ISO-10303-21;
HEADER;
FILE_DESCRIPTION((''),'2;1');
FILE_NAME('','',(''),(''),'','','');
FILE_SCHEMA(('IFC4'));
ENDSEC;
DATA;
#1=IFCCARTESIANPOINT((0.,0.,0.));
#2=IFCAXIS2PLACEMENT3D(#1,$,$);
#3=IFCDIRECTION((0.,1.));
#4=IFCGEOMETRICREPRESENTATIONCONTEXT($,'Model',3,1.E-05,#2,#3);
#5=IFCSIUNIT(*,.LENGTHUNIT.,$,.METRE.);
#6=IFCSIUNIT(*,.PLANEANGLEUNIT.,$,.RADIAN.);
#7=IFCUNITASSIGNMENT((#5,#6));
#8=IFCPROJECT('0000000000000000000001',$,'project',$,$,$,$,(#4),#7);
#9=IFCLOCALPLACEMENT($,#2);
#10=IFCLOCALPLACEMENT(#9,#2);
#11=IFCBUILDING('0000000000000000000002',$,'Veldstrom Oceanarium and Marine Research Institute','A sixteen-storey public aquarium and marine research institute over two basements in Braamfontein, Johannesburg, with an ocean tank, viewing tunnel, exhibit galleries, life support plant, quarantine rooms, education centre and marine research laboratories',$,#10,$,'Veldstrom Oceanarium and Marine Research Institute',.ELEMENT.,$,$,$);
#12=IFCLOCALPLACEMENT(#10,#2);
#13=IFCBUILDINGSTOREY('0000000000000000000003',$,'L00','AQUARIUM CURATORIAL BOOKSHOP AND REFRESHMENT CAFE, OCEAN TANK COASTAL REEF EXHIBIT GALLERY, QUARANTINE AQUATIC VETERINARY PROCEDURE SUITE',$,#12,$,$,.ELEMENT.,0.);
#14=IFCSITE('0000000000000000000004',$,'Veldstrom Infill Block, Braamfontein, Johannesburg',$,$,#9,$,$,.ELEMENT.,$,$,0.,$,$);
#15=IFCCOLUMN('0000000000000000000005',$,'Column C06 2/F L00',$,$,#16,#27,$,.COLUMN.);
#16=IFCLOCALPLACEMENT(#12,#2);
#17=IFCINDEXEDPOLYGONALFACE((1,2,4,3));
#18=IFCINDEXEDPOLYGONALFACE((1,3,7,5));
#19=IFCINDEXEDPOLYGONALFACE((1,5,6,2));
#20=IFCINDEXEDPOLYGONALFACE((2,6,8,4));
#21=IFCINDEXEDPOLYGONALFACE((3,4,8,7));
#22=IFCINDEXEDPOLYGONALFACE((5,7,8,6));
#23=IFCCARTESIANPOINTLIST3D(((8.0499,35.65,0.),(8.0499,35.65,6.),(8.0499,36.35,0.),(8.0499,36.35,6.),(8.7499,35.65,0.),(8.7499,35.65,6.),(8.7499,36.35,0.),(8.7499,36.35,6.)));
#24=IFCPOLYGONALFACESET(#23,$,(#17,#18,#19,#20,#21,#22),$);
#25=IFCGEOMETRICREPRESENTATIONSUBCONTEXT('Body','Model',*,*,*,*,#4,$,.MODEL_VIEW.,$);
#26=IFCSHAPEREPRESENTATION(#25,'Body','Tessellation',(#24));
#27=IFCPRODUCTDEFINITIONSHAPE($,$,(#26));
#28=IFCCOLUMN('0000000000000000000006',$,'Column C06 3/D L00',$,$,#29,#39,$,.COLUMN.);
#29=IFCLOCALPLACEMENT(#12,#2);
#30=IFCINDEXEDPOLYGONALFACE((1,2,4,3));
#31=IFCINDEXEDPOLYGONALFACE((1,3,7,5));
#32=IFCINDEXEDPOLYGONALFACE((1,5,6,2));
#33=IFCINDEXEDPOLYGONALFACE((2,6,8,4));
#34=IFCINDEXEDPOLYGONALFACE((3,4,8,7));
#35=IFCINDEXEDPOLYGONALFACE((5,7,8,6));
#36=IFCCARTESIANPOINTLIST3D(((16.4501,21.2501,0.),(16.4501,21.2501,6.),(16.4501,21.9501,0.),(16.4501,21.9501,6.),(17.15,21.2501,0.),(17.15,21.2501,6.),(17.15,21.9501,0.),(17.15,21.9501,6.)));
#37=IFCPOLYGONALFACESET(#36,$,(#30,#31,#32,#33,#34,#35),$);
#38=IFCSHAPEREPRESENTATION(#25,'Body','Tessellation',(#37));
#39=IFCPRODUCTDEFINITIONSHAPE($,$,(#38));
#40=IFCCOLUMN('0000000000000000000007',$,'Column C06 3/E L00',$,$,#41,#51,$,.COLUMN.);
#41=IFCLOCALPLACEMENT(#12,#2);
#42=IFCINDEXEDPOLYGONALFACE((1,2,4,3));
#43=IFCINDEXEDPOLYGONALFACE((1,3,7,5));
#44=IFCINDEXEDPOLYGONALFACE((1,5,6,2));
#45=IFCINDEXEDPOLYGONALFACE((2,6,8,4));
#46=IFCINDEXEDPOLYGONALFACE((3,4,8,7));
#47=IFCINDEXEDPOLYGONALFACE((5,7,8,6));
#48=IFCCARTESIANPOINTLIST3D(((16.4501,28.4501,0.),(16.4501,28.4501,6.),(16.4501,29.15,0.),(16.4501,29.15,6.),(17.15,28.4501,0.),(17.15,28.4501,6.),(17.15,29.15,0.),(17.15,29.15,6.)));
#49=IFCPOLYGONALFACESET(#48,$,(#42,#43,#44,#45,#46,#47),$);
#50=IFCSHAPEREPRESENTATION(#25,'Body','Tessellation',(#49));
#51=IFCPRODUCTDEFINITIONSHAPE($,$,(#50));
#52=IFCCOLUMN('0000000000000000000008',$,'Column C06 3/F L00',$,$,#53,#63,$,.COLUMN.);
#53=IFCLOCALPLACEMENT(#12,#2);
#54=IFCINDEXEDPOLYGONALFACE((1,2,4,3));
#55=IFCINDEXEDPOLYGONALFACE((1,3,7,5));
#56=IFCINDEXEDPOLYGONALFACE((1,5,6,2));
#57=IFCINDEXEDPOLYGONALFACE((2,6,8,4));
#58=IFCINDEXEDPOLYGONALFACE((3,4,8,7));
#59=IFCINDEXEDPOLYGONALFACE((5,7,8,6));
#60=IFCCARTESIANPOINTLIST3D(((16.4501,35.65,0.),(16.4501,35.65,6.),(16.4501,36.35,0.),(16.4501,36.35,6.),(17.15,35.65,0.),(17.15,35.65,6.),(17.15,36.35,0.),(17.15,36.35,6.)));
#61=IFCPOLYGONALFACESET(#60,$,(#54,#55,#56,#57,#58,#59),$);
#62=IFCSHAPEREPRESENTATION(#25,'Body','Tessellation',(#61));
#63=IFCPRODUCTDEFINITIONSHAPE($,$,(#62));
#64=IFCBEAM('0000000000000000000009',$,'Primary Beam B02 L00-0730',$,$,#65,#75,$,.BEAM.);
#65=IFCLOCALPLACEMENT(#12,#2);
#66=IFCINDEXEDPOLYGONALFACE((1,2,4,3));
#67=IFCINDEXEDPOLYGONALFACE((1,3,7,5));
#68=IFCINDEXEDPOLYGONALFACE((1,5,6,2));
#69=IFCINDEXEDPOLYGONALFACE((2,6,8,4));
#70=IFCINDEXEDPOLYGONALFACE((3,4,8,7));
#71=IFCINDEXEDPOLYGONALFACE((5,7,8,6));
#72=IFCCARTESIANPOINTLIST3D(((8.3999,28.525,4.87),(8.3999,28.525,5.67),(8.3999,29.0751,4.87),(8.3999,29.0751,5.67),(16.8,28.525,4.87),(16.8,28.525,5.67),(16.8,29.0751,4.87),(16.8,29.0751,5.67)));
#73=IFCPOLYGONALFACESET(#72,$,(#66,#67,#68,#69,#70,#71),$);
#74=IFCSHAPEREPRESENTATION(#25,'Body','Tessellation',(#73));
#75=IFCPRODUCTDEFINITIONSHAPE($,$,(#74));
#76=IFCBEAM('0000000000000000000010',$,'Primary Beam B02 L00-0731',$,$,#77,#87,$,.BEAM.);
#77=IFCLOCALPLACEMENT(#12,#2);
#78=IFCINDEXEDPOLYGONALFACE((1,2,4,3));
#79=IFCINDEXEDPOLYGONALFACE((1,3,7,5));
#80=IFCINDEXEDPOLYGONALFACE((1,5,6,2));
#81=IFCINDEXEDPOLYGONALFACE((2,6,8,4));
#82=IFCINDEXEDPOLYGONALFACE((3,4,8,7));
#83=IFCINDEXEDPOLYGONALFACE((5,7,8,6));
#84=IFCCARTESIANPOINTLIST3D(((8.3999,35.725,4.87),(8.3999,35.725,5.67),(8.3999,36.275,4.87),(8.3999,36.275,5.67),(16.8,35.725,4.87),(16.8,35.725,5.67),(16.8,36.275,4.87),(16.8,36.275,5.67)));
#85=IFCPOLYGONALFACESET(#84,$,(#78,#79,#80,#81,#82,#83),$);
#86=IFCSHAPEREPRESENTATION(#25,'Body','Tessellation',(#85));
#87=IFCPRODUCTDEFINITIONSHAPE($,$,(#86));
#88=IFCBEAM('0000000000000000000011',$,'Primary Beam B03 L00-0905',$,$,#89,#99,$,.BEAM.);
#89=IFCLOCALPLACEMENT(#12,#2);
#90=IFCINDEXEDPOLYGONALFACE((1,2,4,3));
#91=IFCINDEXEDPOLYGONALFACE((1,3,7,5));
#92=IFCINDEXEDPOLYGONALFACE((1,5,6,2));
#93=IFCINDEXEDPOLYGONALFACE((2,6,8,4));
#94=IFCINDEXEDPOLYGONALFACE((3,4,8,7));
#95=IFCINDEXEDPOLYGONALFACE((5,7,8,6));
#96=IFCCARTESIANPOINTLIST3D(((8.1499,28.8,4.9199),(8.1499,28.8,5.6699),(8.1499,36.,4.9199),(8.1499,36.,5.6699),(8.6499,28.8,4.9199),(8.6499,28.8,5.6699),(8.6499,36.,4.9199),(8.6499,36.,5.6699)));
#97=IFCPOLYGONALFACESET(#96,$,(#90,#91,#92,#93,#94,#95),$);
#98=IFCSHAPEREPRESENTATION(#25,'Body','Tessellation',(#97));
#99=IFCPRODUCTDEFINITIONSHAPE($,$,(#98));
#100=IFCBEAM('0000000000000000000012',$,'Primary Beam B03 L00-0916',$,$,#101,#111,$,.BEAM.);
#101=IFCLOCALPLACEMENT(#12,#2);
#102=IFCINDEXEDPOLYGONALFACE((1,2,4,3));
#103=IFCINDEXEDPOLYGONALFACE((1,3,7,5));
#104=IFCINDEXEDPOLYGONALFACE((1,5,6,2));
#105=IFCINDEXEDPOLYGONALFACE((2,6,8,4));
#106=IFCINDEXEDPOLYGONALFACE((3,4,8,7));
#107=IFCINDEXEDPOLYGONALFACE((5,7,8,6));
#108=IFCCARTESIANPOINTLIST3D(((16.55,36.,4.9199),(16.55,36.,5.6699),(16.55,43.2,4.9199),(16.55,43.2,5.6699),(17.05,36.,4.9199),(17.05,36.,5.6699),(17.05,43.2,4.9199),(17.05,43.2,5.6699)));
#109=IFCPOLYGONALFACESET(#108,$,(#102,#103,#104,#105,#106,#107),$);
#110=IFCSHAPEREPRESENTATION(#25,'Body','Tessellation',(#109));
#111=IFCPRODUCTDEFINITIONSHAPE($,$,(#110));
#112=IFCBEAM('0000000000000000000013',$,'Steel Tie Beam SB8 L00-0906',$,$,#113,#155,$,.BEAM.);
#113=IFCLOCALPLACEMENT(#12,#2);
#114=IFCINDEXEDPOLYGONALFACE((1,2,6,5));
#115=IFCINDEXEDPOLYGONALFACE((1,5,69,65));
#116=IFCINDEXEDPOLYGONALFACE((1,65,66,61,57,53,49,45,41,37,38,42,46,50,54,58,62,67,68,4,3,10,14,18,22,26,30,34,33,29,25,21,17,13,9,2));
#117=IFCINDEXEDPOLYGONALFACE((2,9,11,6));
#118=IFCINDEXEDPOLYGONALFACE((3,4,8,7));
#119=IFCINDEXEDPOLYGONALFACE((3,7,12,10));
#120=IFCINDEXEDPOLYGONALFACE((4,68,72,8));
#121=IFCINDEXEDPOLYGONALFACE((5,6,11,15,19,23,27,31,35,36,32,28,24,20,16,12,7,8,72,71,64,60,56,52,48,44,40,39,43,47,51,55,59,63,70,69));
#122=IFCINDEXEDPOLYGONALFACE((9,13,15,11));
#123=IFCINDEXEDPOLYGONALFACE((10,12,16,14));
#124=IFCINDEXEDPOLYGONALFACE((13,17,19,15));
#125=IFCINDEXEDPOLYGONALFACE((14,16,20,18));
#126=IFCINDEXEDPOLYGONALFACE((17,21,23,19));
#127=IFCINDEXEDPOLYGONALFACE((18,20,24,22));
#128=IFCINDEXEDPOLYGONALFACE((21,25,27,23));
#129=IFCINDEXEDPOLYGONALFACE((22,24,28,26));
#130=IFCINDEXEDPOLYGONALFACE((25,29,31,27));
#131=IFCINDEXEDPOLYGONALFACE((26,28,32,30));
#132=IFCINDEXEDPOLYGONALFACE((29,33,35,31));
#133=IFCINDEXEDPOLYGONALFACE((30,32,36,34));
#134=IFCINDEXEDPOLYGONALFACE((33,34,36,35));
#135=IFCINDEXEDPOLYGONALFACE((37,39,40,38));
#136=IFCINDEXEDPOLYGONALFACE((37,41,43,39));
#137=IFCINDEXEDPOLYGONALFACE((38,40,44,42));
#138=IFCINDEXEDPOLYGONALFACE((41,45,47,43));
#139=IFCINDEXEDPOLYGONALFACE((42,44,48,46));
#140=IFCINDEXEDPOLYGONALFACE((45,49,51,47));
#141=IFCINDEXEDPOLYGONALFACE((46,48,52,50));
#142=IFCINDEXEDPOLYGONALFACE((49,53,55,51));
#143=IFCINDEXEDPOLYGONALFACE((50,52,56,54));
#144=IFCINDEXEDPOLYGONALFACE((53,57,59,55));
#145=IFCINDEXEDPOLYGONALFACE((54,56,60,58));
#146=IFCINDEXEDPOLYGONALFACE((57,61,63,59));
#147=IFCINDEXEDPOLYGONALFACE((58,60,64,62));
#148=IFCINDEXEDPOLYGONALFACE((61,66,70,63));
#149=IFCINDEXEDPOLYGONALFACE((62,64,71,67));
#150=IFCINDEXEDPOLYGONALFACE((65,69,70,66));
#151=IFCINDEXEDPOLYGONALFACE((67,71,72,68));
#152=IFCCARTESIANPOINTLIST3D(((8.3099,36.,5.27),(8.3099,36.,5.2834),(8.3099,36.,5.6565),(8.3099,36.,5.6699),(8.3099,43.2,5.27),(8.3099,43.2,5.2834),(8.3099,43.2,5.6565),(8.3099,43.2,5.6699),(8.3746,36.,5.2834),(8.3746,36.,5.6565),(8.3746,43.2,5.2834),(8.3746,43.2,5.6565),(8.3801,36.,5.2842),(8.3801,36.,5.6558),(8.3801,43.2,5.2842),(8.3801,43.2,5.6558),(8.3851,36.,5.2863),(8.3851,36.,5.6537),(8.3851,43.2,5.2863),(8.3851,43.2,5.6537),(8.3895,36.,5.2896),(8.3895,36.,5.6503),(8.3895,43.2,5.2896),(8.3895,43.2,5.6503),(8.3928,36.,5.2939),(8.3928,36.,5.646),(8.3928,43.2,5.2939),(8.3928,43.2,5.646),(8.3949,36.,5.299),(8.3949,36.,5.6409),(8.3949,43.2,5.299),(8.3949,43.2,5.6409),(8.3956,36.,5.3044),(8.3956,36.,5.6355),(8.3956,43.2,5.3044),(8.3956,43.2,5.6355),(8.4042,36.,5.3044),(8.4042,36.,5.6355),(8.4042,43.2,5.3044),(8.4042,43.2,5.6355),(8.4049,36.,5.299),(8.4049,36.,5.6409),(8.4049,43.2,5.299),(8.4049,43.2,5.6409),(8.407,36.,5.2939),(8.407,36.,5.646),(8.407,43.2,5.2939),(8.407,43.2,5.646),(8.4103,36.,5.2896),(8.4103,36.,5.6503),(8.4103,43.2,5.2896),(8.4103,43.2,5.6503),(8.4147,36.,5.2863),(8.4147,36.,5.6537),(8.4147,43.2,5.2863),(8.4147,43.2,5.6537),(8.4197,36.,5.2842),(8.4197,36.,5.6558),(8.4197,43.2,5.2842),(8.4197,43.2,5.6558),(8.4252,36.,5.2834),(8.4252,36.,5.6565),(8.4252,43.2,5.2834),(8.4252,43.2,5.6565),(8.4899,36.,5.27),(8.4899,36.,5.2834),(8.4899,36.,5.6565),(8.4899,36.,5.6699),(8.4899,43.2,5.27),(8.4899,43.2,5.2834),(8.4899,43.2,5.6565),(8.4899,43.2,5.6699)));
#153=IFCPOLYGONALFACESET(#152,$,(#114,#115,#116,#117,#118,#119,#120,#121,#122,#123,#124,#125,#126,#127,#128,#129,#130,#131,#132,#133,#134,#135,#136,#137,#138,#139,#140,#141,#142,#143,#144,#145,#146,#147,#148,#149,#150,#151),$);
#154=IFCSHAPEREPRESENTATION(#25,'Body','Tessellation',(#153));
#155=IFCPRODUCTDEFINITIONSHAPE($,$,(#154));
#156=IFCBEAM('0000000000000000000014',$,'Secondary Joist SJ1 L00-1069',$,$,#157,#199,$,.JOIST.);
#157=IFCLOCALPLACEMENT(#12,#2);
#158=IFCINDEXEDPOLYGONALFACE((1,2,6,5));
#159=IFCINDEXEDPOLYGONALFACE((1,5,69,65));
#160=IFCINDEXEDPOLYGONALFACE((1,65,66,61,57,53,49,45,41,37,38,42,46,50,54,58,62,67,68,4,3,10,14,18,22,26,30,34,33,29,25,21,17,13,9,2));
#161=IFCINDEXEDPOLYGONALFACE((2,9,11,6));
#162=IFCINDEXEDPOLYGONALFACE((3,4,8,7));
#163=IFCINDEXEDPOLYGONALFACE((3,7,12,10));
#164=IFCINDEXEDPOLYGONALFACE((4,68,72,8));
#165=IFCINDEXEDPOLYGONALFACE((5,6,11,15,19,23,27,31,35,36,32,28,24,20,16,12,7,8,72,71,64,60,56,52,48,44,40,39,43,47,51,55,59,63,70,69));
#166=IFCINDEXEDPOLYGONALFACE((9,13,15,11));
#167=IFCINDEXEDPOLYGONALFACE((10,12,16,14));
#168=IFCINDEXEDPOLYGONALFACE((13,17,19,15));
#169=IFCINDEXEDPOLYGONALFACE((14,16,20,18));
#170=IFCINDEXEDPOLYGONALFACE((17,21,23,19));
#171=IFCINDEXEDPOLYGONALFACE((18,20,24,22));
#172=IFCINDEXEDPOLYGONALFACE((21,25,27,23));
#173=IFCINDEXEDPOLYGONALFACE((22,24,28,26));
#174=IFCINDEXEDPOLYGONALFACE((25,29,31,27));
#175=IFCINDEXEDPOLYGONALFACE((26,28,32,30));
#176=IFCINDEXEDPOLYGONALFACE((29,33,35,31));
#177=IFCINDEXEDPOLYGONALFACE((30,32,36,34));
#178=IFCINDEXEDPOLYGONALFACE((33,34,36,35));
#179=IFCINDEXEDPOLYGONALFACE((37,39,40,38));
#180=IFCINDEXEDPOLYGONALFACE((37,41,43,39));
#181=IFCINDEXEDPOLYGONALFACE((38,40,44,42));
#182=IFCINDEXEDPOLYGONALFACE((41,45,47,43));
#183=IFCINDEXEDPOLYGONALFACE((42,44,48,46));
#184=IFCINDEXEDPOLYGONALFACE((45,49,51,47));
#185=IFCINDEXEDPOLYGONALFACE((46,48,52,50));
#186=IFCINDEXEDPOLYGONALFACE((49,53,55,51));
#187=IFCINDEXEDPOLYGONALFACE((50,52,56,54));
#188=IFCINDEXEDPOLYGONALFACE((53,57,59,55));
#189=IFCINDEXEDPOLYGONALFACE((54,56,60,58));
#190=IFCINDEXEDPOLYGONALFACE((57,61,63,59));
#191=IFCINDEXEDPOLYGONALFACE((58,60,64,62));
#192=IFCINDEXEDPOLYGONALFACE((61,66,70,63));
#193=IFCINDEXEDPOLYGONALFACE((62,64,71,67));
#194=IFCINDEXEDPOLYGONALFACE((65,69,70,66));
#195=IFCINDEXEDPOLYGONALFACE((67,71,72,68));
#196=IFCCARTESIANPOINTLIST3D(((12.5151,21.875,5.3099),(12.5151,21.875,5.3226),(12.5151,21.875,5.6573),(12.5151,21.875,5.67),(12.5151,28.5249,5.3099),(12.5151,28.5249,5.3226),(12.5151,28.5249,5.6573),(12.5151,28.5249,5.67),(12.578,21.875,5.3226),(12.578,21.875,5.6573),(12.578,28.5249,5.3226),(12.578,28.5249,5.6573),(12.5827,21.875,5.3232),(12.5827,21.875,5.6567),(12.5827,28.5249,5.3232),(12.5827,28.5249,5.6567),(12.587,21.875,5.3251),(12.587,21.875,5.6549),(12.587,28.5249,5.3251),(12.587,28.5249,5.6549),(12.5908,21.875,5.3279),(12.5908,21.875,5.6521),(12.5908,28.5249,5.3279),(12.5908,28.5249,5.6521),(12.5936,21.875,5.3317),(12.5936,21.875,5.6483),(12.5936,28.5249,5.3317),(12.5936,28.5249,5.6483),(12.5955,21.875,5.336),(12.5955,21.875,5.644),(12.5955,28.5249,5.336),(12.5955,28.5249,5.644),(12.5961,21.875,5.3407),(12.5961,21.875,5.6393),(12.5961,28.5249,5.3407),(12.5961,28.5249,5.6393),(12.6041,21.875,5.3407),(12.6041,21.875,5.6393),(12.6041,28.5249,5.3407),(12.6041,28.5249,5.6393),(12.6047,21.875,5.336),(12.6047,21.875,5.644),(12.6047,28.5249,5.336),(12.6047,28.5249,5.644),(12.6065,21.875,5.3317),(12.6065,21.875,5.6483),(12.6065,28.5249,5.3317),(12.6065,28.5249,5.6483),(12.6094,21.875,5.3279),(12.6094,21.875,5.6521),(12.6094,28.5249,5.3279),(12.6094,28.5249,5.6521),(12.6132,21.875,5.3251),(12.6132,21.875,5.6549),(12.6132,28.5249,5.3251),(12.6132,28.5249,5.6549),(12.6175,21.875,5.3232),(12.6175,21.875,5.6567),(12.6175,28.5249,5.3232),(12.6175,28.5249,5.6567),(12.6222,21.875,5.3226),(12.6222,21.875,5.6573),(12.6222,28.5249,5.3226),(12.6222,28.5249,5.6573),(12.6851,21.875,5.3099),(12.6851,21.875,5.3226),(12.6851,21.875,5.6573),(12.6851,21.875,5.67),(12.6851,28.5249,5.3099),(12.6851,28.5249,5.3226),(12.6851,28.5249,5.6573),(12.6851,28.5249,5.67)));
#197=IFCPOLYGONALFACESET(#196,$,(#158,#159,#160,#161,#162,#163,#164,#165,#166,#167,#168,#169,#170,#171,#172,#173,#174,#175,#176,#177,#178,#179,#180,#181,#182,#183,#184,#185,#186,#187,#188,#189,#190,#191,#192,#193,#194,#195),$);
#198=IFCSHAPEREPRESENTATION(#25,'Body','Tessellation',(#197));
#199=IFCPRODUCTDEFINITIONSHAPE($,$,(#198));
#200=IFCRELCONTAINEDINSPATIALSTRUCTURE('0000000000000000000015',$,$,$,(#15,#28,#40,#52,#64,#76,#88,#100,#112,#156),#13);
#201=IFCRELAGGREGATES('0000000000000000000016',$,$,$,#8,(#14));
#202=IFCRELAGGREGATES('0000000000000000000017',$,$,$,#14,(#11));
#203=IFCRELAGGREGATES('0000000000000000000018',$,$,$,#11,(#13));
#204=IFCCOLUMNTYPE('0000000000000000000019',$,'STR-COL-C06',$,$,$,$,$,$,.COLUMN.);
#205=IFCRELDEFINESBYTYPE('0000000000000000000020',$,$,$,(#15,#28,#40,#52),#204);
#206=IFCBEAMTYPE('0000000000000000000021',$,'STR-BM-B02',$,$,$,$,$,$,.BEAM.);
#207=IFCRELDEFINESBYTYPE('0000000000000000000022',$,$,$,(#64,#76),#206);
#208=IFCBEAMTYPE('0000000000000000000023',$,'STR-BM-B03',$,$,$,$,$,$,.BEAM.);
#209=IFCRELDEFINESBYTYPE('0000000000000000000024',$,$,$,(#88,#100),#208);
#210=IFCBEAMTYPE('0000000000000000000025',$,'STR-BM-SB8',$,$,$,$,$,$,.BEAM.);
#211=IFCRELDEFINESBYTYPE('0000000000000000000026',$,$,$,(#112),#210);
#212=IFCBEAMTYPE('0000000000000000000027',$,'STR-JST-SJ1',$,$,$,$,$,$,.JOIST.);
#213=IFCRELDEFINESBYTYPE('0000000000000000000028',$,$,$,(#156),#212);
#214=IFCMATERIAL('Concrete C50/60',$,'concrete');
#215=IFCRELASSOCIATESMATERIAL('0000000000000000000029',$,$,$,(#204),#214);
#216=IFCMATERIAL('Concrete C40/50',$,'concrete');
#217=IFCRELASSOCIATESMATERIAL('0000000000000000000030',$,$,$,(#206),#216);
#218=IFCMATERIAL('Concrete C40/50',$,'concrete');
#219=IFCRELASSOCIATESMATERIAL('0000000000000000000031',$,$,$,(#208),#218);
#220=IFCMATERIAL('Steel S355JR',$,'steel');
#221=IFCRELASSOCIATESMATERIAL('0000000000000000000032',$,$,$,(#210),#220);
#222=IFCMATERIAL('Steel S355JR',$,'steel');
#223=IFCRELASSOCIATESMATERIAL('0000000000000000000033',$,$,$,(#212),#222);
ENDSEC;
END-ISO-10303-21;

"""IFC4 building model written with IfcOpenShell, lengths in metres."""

from ifc_helpers import new_model, si_unit, direction, frame, origin, origin_2d, place, context, subcontext, project, spatial, rectangle, i_section, extrude, material, material_profile, profile_set, type_object, element, save


model = new_model("IFC4")

# Units and contexts
model_context = context("Model", 3, precision=1e-05, world=origin(), true_north=direction((0.0, 1.0)))
body_context = subcontext(model_context, "Body", "Model", "MODEL_VIEW")
ifc_project = project(units=[si_unit("LENGTHUNIT", "METRE"), si_unit("PLANEANGLEUNIT", "RADIAN")], contexts=[model_context])

# Site, building, storey
site_placement = place(None, origin())
site = spatial("IfcSite", under=ifc_project, at=site_placement, Name="Veldstrom Infill Block, Braamfontein, Johannesburg", CompositionType="ELEMENT", RefElevation=0.0)
building_placement = place(site_placement, origin())
building = spatial("IfcBuilding", under=site, at=building_placement, Name="Veldstrom Oceanarium and Marine Research Institute", Description="A sixteen-storey public aquarium and marine research institute over two basements in Braamfontein, Johannesburg, with an ocean tank, viewing tunnel, exhibit galleries, life support plant, quarantine rooms, education centre and marine research laboratories", LongName="Veldstrom Oceanarium and Marine Research Institute", CompositionType="ELEMENT")
storey_placement = place(building_placement, origin())
storey = spatial("IfcBuildingStorey", under=building, at=storey_placement, Name="L00", Description="AQUARIUM CURATORIAL BOOKSHOP AND REFRESHMENT CAFE, OCEAN TANK COASTAL REEF EXHIBIT GALLERY, QUARANTINE AQUATIC VETERINARY PROCEDURE SUITE", CompositionType="ELEMENT", Elevation=0.0)

# Columns
ifc_material_1 = material(Name="Concrete C50/60", Category="concrete")
ifc_material_profile_1 = material_profile(ifc_material_1, rectangle(XDim=0.7, YDim=0.7, at=origin_2d()), Name="RC-COL-700x700")
ifc_profile_set_1 = profile_set([ifc_material_profile_1], Name="Concrete C50/60")
column_type = type_object("IfcColumnType", Name="STR-COL-C06", PredefinedType="COLUMN", material=ifc_profile_set_1)
for number, where, z_axis, x_axis, name in (
    (1, (8.3999, 36.0, 0.0), (0.0, 0.0, 1.0), (1.0, 0.0, 0.0), "Column C06 2/F L00"),
    (2, (16.8, 21.6001, 0.0), (0.0, 0.0, 1.0), (1.0, 0.0, 0.0), "Column C06 3/D L00"),
    (3, (16.8, 28.8, 0.0), (0.0, 0.0, 1.0), (1.0, 0.0, 0.0), "Column C06 3/E L00"),
    (4, (16.8, 36.0, 0.0), (0.0, 0.0, 1.0), (1.0, 0.0, 0.0), "Column C06 3/F L00"),
):
    element("IfcColumn", number, at=place(storey_placement, frame(where, z_axis=z_axis, x_axis=x_axis)), inside=storey, type_object=column_type, Name=name, PredefinedType="COLUMN", context=body_context, shape_type="SweptSolid", body=[
        extrude(rectangle(XDim=0.7, YDim=0.7, at=origin_2d()), origin(), (0.0, 0.0, 1.0), 6.0),
    ])

# Beams
ifc_material_2 = material(Name="Concrete C40/50", Category="concrete")
ifc_material_profile_2 = material_profile(ifc_material_2, rectangle(XDim=0.55, YDim=0.8, at=origin_2d()), Name="RC-BM-550x800")
ifc_profile_set_2 = profile_set([ifc_material_profile_2], Name="Concrete C40/50")
beam_type_1 = type_object("IfcBeamType", Name="STR-BM-B02", PredefinedType="BEAM", material=ifc_profile_set_2)
for number, where, z_axis, x_axis, name in (
    (5, (8.3999, 28.8, 5.27), (1.0, 0.0, 0.0), (0.0, 1.0, 0.0), "Primary Beam B02 L00-0730"),
    (6, (8.3999, 36.0, 5.27), (1.0, 0.0, 0.0), (0.0, 1.0, 0.0), "Primary Beam B02 L00-0731"),
):
    element("IfcBeam", number, at=place(storey_placement, frame(where, z_axis=z_axis, x_axis=x_axis)), inside=storey, type_object=beam_type_1, Name=name, PredefinedType="BEAM", context=body_context, shape_type="SweptSolid", body=[
        extrude(rectangle(XDim=0.55, YDim=0.8, at=origin_2d()), origin(), (0.0, 0.0, 1.0), 8.4001),
    ])
ifc_material_3 = material(Name="Concrete C40/50", Category="concrete")
ifc_material_profile_3 = material_profile(ifc_material_3, rectangle(XDim=0.5, YDim=0.75, at=origin_2d()), Name="RC-BM-500x750")
ifc_profile_set_3 = profile_set([ifc_material_profile_3], Name="Concrete C40/50")
beam_type_2 = type_object("IfcBeamType", Name="STR-BM-B03", PredefinedType="BEAM", material=ifc_profile_set_3)
for number, where, z_axis, x_axis, name in (
    (7, (8.3999, 28.8, 5.2949), (0.0, 1.0, 0.0), (-1.0, 0.0, 0.0), "Primary Beam B03 L00-0905"),
    (8, (16.8, 36.0, 5.2949), (0.0, 1.0, 0.0), (-1.0, 0.0, 0.0), "Primary Beam B03 L00-0916"),
):
    element("IfcBeam", number, at=place(storey_placement, frame(where, z_axis=z_axis, x_axis=x_axis)), inside=storey, type_object=beam_type_2, Name=name, PredefinedType="BEAM", context=body_context, shape_type="SweptSolid", body=[
        extrude(rectangle(XDim=0.5, YDim=0.75, at=origin_2d()), origin(), (0.0, 0.0, 1.0), 7.2),
    ])
ifc_material_4 = material(Name="Steel S355JR", Category="steel")
ifc_material_profile_4 = material_profile(ifc_material_4, i_section(OverallWidth=0.1799, OverallDepth=0.3999, WebThickness=0.0085, FlangeThickness=0.0134, FilletRadius=0.021, at=origin_2d()), Name="IPE 400")
ifc_profile_set_4 = profile_set([ifc_material_profile_4], Name="Steel S355JR")
beam_type_3 = type_object("IfcBeamType", Name="STR-BM-SB8", PredefinedType="BEAM", material=ifc_profile_set_4)
beam_1_placement = place(storey_placement, frame((8.3999, 36.0, 5.47), z_axis=(0.0, 1.0, 0.0), x_axis=(-1.0, 0.0, 0.0)))
element("IfcBeam", 9, at=beam_1_placement, inside=storey, type_object=beam_type_3, Name="Steel Tie Beam SB8 L00-0906", PredefinedType="BEAM", context=body_context, shape_type="SweptSolid", body=[
    extrude(i_section(OverallWidth=0.1799, OverallDepth=0.3999, WebThickness=0.0085, FlangeThickness=0.0134, FilletRadius=0.021, at=origin_2d()), origin(), (0.0, 0.0, 1.0), 7.2),
])
ifc_material_5 = material(Name="Steel S355JR", Category="steel")
ifc_material_profile_5 = material_profile(ifc_material_5, i_section(OverallWidth=0.1699, OverallDepth=0.3601, WebThickness=0.0081, FlangeThickness=0.0127, FilletRadius=0.0181, at=origin_2d()), Name="IPE 360")
ifc_profile_set_5 = profile_set([ifc_material_profile_5], Name="Steel S355JR")
beam_type_4 = type_object("IfcBeamType", Name="STR-JST-SJ1", PredefinedType="JOIST", material=ifc_profile_set_5)
beam_2_placement = place(storey_placement, frame((12.6001, 21.875, 5.49), z_axis=(0.0, 1.0, 0.0), x_axis=(-1.0, 0.0, 0.0)))
element("IfcBeam", 10, at=beam_2_placement, inside=storey, type_object=beam_type_4, Name="Secondary Joist SJ1 L00-1069", PredefinedType="JOIST", context=body_context, shape_type="SweptSolid", body=[
    extrude(i_section(OverallWidth=0.1699, OverallDepth=0.3601, WebThickness=0.0081, FlangeThickness=0.0127, FilletRadius=0.0181, at=origin_2d()), origin(), (0.0, 0.0, 1.0), 6.6499),
])

save(model, "model.ifc")
